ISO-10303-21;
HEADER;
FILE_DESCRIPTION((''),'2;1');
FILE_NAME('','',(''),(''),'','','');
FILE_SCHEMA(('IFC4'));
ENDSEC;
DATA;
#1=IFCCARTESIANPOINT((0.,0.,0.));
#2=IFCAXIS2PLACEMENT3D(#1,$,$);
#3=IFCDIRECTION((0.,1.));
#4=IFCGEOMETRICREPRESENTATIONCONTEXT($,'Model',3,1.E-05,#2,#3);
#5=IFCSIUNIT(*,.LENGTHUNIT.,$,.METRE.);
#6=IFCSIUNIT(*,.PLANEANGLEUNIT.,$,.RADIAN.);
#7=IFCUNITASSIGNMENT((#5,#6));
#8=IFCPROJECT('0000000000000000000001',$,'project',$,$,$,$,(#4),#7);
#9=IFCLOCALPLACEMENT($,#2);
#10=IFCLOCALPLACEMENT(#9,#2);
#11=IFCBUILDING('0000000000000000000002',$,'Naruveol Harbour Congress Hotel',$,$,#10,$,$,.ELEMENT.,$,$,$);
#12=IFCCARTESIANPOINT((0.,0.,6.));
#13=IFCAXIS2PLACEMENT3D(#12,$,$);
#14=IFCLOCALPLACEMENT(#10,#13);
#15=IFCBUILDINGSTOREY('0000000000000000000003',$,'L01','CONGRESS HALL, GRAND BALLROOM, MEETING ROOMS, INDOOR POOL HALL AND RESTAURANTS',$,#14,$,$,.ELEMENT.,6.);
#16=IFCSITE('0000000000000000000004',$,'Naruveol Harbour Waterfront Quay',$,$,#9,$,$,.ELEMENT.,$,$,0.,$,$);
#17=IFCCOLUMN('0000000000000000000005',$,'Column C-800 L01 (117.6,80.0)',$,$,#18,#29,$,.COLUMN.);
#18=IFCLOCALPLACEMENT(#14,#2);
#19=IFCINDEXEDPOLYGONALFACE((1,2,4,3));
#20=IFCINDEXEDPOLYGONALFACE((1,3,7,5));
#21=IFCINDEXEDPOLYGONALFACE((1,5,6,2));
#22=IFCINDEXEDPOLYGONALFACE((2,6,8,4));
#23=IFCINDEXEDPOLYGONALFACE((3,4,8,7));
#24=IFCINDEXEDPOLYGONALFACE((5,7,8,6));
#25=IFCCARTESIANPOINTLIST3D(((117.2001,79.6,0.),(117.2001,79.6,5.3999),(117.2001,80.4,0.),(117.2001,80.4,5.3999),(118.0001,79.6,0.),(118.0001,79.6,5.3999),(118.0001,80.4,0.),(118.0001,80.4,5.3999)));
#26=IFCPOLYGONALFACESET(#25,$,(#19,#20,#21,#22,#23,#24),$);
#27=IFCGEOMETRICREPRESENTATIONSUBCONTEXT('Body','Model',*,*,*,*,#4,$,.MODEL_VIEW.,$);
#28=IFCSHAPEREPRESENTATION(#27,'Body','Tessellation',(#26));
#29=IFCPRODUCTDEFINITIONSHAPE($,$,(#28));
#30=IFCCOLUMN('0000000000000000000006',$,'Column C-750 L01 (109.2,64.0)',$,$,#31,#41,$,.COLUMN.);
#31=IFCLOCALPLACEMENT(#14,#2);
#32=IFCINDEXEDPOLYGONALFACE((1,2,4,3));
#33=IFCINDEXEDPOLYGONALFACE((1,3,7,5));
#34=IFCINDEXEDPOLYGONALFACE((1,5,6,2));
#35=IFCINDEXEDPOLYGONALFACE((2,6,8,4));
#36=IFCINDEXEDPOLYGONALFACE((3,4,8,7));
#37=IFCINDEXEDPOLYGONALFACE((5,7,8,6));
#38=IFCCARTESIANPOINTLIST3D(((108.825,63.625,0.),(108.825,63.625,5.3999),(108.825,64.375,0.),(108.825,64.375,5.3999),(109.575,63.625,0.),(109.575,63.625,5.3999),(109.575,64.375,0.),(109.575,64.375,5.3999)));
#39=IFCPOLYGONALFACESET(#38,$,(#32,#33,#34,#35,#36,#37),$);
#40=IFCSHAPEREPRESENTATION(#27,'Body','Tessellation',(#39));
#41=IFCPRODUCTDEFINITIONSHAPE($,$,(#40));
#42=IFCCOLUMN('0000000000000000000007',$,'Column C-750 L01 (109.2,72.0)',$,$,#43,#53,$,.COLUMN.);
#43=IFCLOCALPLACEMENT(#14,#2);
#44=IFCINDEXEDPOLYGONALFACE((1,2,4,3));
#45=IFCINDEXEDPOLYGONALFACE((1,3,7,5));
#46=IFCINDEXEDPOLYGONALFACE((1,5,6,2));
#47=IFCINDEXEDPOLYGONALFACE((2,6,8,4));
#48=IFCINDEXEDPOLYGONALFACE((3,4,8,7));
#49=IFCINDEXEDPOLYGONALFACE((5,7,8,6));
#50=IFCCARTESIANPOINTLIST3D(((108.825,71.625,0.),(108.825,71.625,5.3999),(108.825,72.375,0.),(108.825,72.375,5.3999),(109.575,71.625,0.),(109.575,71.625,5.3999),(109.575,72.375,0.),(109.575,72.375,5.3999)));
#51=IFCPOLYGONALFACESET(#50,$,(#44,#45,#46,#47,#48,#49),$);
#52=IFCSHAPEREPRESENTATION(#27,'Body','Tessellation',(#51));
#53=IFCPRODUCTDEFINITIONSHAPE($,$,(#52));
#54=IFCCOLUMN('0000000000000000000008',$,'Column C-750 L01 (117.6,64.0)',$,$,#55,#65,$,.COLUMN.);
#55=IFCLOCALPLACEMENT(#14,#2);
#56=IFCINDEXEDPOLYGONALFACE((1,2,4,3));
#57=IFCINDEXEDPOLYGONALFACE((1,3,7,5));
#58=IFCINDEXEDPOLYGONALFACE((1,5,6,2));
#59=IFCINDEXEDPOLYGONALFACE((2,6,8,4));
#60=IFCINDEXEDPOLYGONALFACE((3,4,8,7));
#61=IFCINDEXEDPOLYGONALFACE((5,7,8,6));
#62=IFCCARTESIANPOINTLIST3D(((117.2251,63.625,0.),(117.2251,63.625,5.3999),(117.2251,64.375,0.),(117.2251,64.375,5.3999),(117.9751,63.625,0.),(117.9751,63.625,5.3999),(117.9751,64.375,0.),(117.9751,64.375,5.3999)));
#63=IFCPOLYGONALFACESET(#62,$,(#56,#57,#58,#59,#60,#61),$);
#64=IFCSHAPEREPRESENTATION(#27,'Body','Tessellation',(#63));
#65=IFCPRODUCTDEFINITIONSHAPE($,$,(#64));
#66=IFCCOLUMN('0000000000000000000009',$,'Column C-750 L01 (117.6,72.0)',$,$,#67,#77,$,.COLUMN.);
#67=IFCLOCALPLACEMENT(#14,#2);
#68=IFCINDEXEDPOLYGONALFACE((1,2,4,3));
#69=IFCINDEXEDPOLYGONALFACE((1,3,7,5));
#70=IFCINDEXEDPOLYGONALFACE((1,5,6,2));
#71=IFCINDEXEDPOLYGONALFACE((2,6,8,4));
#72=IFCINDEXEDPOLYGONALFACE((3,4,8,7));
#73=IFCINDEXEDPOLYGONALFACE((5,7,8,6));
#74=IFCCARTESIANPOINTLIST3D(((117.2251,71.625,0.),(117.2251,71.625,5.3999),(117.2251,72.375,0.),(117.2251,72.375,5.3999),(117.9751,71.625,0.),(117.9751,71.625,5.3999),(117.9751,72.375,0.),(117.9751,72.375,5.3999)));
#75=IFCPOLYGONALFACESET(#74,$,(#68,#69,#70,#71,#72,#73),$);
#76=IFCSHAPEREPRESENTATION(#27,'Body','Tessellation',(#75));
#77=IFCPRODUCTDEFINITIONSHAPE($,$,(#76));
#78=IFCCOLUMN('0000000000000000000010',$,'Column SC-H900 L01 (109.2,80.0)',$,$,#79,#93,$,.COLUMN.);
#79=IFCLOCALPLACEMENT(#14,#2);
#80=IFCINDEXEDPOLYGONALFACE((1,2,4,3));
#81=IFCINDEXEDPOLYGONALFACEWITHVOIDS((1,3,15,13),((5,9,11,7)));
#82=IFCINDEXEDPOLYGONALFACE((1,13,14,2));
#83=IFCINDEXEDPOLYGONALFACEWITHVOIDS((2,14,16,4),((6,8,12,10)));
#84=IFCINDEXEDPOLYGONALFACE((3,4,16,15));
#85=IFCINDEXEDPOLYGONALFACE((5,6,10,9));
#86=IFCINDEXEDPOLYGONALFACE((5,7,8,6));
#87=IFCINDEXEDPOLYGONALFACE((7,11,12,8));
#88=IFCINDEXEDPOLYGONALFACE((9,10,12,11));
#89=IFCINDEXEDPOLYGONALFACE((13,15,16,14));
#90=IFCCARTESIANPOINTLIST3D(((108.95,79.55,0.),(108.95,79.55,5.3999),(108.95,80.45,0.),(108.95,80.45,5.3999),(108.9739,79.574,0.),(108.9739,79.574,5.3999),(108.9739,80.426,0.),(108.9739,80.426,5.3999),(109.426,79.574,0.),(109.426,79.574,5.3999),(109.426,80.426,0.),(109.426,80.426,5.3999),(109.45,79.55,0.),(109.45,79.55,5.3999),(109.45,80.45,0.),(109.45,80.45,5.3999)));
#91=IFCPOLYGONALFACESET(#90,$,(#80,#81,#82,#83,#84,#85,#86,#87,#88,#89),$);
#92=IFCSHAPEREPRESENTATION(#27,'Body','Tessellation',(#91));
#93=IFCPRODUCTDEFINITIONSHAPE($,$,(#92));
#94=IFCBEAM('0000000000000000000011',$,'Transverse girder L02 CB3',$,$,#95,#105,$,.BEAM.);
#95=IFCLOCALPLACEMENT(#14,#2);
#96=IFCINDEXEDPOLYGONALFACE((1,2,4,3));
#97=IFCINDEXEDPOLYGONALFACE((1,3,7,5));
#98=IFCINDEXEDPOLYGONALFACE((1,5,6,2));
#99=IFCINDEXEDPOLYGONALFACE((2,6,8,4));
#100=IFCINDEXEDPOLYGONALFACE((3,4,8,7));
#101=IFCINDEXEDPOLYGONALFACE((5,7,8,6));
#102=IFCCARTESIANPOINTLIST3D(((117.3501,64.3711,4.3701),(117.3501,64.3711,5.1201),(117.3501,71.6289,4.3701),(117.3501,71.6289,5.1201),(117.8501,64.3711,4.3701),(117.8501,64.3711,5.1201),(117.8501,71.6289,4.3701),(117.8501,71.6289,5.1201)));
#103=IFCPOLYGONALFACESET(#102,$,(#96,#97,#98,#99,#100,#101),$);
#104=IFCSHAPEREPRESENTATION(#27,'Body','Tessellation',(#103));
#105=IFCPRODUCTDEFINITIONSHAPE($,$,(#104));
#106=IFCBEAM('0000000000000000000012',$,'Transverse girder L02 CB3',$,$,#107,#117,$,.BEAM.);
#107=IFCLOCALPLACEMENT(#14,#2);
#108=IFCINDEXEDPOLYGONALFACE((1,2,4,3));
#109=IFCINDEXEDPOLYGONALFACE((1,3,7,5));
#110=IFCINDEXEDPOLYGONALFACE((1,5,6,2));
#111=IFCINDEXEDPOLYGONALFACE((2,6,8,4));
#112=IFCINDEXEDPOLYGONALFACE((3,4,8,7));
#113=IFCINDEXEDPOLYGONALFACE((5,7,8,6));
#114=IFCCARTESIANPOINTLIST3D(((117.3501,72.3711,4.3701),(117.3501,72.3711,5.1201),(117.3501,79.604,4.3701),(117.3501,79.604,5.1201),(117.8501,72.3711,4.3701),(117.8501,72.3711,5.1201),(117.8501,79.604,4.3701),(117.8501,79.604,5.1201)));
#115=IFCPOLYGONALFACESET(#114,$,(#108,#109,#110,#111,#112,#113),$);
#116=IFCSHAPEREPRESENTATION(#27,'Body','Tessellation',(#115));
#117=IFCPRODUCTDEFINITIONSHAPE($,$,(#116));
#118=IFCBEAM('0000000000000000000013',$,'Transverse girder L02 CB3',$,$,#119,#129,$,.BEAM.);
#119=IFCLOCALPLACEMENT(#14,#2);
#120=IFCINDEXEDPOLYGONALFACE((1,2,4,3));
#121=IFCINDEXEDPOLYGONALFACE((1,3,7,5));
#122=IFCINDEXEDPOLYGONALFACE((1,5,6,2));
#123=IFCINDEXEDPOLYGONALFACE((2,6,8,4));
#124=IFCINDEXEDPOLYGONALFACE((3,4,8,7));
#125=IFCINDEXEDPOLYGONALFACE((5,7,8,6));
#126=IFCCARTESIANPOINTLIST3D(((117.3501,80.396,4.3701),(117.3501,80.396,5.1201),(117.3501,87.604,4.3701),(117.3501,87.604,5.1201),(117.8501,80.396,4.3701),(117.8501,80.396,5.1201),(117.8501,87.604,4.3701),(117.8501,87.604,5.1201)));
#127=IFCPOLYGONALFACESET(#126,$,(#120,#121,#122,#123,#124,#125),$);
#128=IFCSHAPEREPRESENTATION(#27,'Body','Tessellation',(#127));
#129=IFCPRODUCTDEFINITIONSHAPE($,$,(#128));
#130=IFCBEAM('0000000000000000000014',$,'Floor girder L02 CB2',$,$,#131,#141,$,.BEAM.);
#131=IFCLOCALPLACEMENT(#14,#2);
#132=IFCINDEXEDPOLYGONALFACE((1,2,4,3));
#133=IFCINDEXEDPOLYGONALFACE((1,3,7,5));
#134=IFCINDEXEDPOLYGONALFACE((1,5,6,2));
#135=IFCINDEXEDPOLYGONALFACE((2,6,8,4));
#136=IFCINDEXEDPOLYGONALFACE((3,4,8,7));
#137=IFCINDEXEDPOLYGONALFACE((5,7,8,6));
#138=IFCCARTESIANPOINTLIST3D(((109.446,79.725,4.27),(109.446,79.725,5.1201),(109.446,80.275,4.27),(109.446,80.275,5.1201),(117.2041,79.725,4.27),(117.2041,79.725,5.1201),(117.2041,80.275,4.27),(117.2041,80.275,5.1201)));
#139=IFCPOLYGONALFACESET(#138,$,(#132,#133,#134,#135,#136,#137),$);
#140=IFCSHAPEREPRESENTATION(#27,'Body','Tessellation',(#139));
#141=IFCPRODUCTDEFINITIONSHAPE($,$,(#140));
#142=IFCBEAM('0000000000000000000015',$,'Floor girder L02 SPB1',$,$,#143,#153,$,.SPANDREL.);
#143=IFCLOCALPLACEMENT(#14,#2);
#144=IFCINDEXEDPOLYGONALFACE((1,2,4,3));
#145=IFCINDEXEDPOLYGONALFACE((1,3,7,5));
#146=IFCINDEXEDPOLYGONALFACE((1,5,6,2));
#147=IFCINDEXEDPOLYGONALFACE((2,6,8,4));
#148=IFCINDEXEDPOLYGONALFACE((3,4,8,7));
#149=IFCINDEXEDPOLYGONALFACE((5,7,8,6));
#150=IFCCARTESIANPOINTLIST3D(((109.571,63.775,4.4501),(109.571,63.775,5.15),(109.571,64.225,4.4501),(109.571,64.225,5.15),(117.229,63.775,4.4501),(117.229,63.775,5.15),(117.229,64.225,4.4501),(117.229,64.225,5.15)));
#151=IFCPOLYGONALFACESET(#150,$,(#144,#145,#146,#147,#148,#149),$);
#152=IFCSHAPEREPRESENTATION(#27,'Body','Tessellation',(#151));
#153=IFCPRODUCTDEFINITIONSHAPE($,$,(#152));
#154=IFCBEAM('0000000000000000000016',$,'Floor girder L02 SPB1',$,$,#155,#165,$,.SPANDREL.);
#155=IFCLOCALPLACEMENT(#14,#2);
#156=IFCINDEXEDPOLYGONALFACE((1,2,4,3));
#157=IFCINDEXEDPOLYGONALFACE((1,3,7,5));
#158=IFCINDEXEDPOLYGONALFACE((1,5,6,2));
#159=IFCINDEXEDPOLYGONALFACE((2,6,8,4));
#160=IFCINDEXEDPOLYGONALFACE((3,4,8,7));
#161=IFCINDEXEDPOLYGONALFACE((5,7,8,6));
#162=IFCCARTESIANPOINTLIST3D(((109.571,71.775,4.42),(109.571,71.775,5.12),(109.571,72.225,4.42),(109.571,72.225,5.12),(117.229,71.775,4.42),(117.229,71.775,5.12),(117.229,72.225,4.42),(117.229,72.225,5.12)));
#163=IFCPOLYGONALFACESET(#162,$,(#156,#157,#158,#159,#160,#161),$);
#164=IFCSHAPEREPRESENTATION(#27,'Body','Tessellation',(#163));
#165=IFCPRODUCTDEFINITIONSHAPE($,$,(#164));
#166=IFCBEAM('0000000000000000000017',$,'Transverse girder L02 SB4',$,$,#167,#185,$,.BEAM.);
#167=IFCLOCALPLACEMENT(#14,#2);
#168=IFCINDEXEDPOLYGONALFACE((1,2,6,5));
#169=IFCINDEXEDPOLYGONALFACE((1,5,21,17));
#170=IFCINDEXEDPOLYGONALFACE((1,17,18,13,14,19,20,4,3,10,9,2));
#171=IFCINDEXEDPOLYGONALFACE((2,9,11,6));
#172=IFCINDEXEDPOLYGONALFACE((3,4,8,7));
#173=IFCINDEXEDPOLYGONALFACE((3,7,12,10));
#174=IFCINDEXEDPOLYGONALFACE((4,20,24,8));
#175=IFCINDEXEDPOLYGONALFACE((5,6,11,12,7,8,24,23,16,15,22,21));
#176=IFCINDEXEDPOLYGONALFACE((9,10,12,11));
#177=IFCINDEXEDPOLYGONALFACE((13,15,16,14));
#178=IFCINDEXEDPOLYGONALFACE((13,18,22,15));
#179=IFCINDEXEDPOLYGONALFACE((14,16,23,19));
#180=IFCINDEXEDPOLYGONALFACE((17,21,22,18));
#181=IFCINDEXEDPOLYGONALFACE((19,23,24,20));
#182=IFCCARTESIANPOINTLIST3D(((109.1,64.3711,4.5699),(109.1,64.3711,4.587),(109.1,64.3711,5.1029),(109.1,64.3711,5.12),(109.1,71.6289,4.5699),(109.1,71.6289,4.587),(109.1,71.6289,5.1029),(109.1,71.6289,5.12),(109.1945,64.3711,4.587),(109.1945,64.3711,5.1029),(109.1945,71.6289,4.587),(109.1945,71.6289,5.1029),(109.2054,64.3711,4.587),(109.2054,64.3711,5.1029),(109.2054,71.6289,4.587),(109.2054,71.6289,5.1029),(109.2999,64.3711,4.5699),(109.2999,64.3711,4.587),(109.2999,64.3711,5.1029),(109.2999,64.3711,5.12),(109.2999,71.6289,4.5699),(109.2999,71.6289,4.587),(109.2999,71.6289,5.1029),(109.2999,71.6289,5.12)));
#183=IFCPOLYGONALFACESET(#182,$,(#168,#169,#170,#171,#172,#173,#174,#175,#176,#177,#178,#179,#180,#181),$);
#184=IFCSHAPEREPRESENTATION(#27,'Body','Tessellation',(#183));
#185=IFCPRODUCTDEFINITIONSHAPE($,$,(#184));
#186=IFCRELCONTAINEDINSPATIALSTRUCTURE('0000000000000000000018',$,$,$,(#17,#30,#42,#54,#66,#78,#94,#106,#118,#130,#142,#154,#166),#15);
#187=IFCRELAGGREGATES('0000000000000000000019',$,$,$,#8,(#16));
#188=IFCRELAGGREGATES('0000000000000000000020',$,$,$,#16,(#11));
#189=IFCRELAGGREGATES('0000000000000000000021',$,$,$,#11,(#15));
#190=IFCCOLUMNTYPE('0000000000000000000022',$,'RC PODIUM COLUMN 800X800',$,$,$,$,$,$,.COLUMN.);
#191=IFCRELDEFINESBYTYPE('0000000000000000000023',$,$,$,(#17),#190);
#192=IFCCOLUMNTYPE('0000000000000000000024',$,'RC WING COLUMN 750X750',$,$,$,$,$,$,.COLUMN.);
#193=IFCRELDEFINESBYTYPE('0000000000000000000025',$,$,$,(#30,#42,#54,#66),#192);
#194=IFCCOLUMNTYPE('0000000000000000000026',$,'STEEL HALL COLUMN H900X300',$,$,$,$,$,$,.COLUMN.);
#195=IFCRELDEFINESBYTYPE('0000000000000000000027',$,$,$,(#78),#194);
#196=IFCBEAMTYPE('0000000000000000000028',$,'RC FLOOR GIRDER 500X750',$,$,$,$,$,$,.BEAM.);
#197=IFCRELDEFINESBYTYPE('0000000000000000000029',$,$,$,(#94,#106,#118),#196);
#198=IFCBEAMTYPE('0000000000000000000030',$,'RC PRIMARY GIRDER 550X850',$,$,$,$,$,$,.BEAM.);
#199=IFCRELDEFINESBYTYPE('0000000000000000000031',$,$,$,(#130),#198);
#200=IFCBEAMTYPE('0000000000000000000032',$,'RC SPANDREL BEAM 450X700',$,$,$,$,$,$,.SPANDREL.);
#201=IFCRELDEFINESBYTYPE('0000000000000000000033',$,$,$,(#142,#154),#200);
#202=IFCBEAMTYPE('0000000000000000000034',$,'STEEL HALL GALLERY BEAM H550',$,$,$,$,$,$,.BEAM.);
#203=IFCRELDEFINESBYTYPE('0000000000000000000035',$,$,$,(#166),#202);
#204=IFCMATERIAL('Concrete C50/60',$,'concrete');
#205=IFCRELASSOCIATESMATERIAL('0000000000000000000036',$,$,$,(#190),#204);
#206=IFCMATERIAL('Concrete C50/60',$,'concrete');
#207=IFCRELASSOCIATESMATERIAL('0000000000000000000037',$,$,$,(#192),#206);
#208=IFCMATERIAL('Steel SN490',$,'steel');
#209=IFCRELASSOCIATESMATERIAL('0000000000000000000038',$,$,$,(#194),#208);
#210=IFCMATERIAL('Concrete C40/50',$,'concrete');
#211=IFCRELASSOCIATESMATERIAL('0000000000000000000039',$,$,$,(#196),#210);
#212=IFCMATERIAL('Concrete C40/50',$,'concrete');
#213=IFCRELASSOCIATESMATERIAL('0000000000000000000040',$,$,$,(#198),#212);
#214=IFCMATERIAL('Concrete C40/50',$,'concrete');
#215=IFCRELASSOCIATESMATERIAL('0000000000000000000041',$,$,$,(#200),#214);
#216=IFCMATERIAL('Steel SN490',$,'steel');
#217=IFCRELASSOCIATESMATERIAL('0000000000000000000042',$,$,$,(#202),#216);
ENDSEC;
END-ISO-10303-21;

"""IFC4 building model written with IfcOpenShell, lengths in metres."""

from ifc_helpers import new_model, si_unit, direction, frame, origin, origin_2d, place, context, subcontext, project, spatial, rectangle, hollow_rectangle, i_section, extrude, material, material_profile, profile_set, type_object, element, save


model = new_model("IFC4")

# Units and contexts
model_context = context("Model", 3, precision=1e-05, world=origin(), true_north=direction((0.0, 1.0)))
body_context = subcontext(model_context, "Body", "Model", "MODEL_VIEW")
ifc_project = project(units=[si_unit("LENGTHUNIT", "METRE"), si_unit("PLANEANGLEUNIT", "RADIAN")], contexts=[model_context])

# Site, building, storey
site_placement = place(None, origin())
site = spatial("IfcSite", under=ifc_project, at=site_placement, Name="Naruveol Harbour Waterfront Quay", CompositionType="ELEMENT", RefElevation=0.0)
building_placement = place(site_placement, origin())
building = spatial("IfcBuilding", under=site, at=building_placement, Name="Naruveol Harbour Congress Hotel", CompositionType="ELEMENT")
storey_placement = place(building_placement, frame((0.0, 0.0, 6.0)))
storey = spatial("IfcBuildingStorey", under=building, at=storey_placement, Name="L01", Description="CONGRESS HALL, GRAND BALLROOM, MEETING ROOMS, INDOOR POOL HALL AND RESTAURANTS", CompositionType="ELEMENT", Elevation=6.0)

# Columns
ifc_material_1 = material(Name="Concrete C50/60", Category="concrete")
ifc_material_profile_1 = material_profile(ifc_material_1, rectangle(XDim=0.8, YDim=0.8, at=origin_2d()), Name="RC-800x800")
ifc_profile_set_1 = profile_set([ifc_material_profile_1], Name="Concrete C50/60")
column_type_1 = type_object("IfcColumnType", Name="RC PODIUM COLUMN 800X800", PredefinedType="COLUMN", material=ifc_profile_set_1)
column_1_placement = place(storey_placement, frame((117.6001, 80.0, 0.0), z_axis=(0.0, 0.0, 1.0), x_axis=(1.0, 0.0, 0.0)))
element("IfcColumn", 1, at=column_1_placement, inside=storey, type_object=column_type_1, Name="Column C-800 L01 (117.6,80.0)", PredefinedType="COLUMN", context=body_context, shape_type="SweptSolid", body=[
    extrude(rectangle(XDim=0.8, YDim=0.8, at=origin_2d()), origin(), (0.0, 0.0, 1.0), 5.3999),
])
ifc_material_2 = material(Name="Concrete C50/60", Category="concrete")
ifc_material_profile_2 = material_profile(ifc_material_2, rectangle(XDim=0.75, YDim=0.75, at=origin_2d()), Name="RC-750x750")
ifc_profile_set_2 = profile_set([ifc_material_profile_2], Name="Concrete C50/60")
column_type_2 = type_object("IfcColumnType", Name="RC WING COLUMN 750X750", PredefinedType="COLUMN", material=ifc_profile_set_2)
for number, where, z_axis, x_axis, name in (
    (2, (109.2, 64.0, 0.0), (0.0, 0.0, 1.0), (1.0, 0.0, 0.0), "Column C-750 L01 (109.2,64.0)"),
    (3, (109.2, 72.0, 0.0), (0.0, 0.0, 1.0), (1.0, 0.0, 0.0), "Column C-750 L01 (109.2,72.0)"),
    (4, (117.6001, 64.0, 0.0), (0.0, 0.0, 1.0), (1.0, 0.0, 0.0), "Column C-750 L01 (117.6,64.0)"),
    (5, (117.6001, 72.0, 0.0), (0.0, 0.0, 1.0), (1.0, 0.0, 0.0), "Column C-750 L01 (117.6,72.0)"),
):
    element("IfcColumn", number, at=place(storey_placement, frame(where, z_axis=z_axis, x_axis=x_axis)), inside=storey, type_object=column_type_2, Name=name, PredefinedType="COLUMN", context=body_context, shape_type="SweptSolid", body=[
        extrude(rectangle(XDim=0.75, YDim=0.75, at=origin_2d()), origin(), (0.0, 0.0, 1.0), 5.3999),
    ])
ifc_material_3 = material(Name="Steel SN490", Category="steel")
ifc_material_profile_3 = material_profile(ifc_material_3, hollow_rectangle(XDim=0.5, YDim=0.8999, WallThickness=0.0239, at=origin_2d()), Name="RHS-900x500x24")
ifc_profile_set_3 = profile_set([ifc_material_profile_3], Name="Steel SN490")
column_type_3 = type_object("IfcColumnType", Name="STEEL HALL COLUMN H900X300", PredefinedType="COLUMN", material=ifc_profile_set_3)
column_2_placement = place(storey_placement, frame((109.2, 80.0, 0.0), z_axis=(0.0, 0.0, 1.0), x_axis=(1.0, 0.0, 0.0)))
element("IfcColumn", 6, at=column_2_placement, inside=storey, type_object=column_type_3, Name="Column SC-H900 L01 (109.2,80.0)", PredefinedType="COLUMN", context=body_context, shape_type="SweptSolid", body=[
    extrude(hollow_rectangle(XDim=0.5, YDim=0.8999, WallThickness=0.0239, at=origin_2d()), origin(), (0.0, 0.0, 1.0), 5.3999),
])

# Beams
ifc_material_4 = material(Name="Concrete C40/50", Category="concrete")
ifc_material_profile_4 = material_profile(ifc_material_4, rectangle(XDim=0.5, YDim=0.75, at=origin_2d()), Name="RCB-500x750")
ifc_profile_set_4 = profile_set([ifc_material_profile_4], Name="Concrete C40/50")
beam_type_1 = type_object("IfcBeamType", Name="RC FLOOR GIRDER 500X750", PredefinedType="BEAM", material=ifc_profile_set_4)
beam_1_placement = place(storey_placement, frame((117.6001, 64.3711, 4.7451), z_axis=(0.0, 1.0, 0.0), x_axis=(-1.0, 0.0, 0.0)))
element("IfcBeam", 7, at=beam_1_placement, inside=storey, type_object=beam_type_1, Name="Transverse girder L02 CB3", PredefinedType="BEAM", context=body_context, shape_type="SweptSolid", body=[
    extrude(rectangle(XDim=0.5, YDim=0.75, at=origin_2d()), origin(), (0.0, 0.0, 1.0), 7.2578),
])
beam_2_placement = place(storey_placement, frame((117.6001, 72.3711, 4.7451), z_axis=(0.0, 1.0, 0.0), x_axis=(-1.0, 0.0, 0.0)))
element("IfcBeam", 8, at=beam_2_placement, inside=storey, type_object=beam_type_1, Name="Transverse girder L02 CB3", PredefinedType="BEAM", context=body_context, shape_type="SweptSolid", body=[
    extrude(rectangle(XDim=0.5, YDim=0.75, at=origin_2d()), origin(), (0.0, 0.0, 1.0), 7.2329),
])
beam_3_placement = place(storey_placement, frame((117.6001, 80.396, 4.7451), z_axis=(0.0, 1.0, 0.0), x_axis=(-1.0, 0.0, 0.0)))
element("IfcBeam", 9, at=beam_3_placement, inside=storey, type_object=beam_type_1, Name="Transverse girder L02 CB3", PredefinedType="BEAM", context=body_context, shape_type="SweptSolid", body=[
    extrude(rectangle(XDim=0.5, YDim=0.75, at=origin_2d()), origin(), (0.0, 0.0, 1.0), 7.208),
])
ifc_material_5 = material(Name="Concrete C40/50", Category="concrete")
ifc_material_profile_5 = material_profile(ifc_material_5, rectangle(XDim=0.55, YDim=0.8501, at=origin_2d()), Name="RCB-550x850")
ifc_profile_set_5 = profile_set([ifc_material_profile_5], Name="Concrete C40/50")
beam_type_2 = type_object("IfcBeamType", Name="RC PRIMARY GIRDER 550X850", PredefinedType="BEAM", material=ifc_profile_set_5)
beam_4_placement = place(storey_placement, frame((109.446, 80.0, 4.6951), z_axis=(1.0, 0.0, 0.0), x_axis=(0.0, 1.0, 0.0)))
element("IfcBeam", 10, at=beam_4_placement, inside=storey, type_object=beam_type_2, Name="Floor girder L02 CB2", PredefinedType="BEAM", context=body_context, shape_type="SweptSolid", body=[
    extrude(rectangle(XDim=0.55, YDim=0.8501, at=origin_2d()), origin(), (0.0, 0.0, 1.0), 7.7581),
])
ifc_material_6 = material(Name="Concrete C40/50", Category="concrete")
ifc_material_profile_6 = material_profile(ifc_material_6, rectangle(XDim=0.45, YDim=0.7, at=origin_2d()), Name="RCB-450x700")
ifc_profile_set_6 = profile_set([ifc_material_profile_6], Name="Concrete C40/50")
beam_type_3 = type_object("IfcBeamType", Name="RC SPANDREL BEAM 450X700", PredefinedType="SPANDREL", material=ifc_profile_set_6)
for number, where, z_axis, x_axis, name in (
    (11, (109.571, 64.0, 4.8), (1.0, 0.0, 0.0), (0.0, 1.0, 0.0), "Floor girder L02 SPB1"),
    (12, (109.571, 72.0, 4.77), (1.0, 0.0, 0.0), (0.0, 1.0, 0.0), "Floor girder L02 SPB1"),
):
    element("IfcBeam", number, at=place(storey_placement, frame(where, z_axis=z_axis, x_axis=x_axis)), inside=storey, type_object=beam_type_3, Name=name, PredefinedType="SPANDREL", context=body_context, shape_type="SweptSolid", body=[
        extrude(rectangle(XDim=0.45, YDim=0.7, at=origin_2d()), origin(), (0.0, 0.0, 1.0), 7.658),
    ])
ifc_material_7 = material(Name="Steel SN490", Category="steel")
ifc_material_profile_7 = material_profile(ifc_material_7, i_section(OverallWidth=0.2, OverallDepth=0.55, WebThickness=0.011, FlangeThickness=0.0171, at=origin_2d()), Name="H-550x200x11x17")
ifc_profile_set_7 = profile_set([ifc_material_profile_7], Name="Steel SN490")
beam_type_4 = type_object("IfcBeamType", Name="STEEL HALL GALLERY BEAM H550", PredefinedType="BEAM", material=ifc_profile_set_7)
beam_5_placement = place(storey_placement, frame((109.2, 64.3711, 4.845), z_axis=(0.0, 1.0, 0.0), x_axis=(-1.0, 0.0, 0.0)))
element("IfcBeam", 13, at=beam_5_placement, inside=storey, type_object=beam_type_4, Name="Transverse girder L02 SB4", PredefinedType="BEAM", context=body_context, shape_type="SweptSolid", body=[
    extrude(i_section(OverallWidth=0.2, OverallDepth=0.55, WebThickness=0.011, FlangeThickness=0.0171, at=origin_2d()), origin(), (0.0, 0.0, 1.0), 7.2578),
])

save(model, "model.ifc")
